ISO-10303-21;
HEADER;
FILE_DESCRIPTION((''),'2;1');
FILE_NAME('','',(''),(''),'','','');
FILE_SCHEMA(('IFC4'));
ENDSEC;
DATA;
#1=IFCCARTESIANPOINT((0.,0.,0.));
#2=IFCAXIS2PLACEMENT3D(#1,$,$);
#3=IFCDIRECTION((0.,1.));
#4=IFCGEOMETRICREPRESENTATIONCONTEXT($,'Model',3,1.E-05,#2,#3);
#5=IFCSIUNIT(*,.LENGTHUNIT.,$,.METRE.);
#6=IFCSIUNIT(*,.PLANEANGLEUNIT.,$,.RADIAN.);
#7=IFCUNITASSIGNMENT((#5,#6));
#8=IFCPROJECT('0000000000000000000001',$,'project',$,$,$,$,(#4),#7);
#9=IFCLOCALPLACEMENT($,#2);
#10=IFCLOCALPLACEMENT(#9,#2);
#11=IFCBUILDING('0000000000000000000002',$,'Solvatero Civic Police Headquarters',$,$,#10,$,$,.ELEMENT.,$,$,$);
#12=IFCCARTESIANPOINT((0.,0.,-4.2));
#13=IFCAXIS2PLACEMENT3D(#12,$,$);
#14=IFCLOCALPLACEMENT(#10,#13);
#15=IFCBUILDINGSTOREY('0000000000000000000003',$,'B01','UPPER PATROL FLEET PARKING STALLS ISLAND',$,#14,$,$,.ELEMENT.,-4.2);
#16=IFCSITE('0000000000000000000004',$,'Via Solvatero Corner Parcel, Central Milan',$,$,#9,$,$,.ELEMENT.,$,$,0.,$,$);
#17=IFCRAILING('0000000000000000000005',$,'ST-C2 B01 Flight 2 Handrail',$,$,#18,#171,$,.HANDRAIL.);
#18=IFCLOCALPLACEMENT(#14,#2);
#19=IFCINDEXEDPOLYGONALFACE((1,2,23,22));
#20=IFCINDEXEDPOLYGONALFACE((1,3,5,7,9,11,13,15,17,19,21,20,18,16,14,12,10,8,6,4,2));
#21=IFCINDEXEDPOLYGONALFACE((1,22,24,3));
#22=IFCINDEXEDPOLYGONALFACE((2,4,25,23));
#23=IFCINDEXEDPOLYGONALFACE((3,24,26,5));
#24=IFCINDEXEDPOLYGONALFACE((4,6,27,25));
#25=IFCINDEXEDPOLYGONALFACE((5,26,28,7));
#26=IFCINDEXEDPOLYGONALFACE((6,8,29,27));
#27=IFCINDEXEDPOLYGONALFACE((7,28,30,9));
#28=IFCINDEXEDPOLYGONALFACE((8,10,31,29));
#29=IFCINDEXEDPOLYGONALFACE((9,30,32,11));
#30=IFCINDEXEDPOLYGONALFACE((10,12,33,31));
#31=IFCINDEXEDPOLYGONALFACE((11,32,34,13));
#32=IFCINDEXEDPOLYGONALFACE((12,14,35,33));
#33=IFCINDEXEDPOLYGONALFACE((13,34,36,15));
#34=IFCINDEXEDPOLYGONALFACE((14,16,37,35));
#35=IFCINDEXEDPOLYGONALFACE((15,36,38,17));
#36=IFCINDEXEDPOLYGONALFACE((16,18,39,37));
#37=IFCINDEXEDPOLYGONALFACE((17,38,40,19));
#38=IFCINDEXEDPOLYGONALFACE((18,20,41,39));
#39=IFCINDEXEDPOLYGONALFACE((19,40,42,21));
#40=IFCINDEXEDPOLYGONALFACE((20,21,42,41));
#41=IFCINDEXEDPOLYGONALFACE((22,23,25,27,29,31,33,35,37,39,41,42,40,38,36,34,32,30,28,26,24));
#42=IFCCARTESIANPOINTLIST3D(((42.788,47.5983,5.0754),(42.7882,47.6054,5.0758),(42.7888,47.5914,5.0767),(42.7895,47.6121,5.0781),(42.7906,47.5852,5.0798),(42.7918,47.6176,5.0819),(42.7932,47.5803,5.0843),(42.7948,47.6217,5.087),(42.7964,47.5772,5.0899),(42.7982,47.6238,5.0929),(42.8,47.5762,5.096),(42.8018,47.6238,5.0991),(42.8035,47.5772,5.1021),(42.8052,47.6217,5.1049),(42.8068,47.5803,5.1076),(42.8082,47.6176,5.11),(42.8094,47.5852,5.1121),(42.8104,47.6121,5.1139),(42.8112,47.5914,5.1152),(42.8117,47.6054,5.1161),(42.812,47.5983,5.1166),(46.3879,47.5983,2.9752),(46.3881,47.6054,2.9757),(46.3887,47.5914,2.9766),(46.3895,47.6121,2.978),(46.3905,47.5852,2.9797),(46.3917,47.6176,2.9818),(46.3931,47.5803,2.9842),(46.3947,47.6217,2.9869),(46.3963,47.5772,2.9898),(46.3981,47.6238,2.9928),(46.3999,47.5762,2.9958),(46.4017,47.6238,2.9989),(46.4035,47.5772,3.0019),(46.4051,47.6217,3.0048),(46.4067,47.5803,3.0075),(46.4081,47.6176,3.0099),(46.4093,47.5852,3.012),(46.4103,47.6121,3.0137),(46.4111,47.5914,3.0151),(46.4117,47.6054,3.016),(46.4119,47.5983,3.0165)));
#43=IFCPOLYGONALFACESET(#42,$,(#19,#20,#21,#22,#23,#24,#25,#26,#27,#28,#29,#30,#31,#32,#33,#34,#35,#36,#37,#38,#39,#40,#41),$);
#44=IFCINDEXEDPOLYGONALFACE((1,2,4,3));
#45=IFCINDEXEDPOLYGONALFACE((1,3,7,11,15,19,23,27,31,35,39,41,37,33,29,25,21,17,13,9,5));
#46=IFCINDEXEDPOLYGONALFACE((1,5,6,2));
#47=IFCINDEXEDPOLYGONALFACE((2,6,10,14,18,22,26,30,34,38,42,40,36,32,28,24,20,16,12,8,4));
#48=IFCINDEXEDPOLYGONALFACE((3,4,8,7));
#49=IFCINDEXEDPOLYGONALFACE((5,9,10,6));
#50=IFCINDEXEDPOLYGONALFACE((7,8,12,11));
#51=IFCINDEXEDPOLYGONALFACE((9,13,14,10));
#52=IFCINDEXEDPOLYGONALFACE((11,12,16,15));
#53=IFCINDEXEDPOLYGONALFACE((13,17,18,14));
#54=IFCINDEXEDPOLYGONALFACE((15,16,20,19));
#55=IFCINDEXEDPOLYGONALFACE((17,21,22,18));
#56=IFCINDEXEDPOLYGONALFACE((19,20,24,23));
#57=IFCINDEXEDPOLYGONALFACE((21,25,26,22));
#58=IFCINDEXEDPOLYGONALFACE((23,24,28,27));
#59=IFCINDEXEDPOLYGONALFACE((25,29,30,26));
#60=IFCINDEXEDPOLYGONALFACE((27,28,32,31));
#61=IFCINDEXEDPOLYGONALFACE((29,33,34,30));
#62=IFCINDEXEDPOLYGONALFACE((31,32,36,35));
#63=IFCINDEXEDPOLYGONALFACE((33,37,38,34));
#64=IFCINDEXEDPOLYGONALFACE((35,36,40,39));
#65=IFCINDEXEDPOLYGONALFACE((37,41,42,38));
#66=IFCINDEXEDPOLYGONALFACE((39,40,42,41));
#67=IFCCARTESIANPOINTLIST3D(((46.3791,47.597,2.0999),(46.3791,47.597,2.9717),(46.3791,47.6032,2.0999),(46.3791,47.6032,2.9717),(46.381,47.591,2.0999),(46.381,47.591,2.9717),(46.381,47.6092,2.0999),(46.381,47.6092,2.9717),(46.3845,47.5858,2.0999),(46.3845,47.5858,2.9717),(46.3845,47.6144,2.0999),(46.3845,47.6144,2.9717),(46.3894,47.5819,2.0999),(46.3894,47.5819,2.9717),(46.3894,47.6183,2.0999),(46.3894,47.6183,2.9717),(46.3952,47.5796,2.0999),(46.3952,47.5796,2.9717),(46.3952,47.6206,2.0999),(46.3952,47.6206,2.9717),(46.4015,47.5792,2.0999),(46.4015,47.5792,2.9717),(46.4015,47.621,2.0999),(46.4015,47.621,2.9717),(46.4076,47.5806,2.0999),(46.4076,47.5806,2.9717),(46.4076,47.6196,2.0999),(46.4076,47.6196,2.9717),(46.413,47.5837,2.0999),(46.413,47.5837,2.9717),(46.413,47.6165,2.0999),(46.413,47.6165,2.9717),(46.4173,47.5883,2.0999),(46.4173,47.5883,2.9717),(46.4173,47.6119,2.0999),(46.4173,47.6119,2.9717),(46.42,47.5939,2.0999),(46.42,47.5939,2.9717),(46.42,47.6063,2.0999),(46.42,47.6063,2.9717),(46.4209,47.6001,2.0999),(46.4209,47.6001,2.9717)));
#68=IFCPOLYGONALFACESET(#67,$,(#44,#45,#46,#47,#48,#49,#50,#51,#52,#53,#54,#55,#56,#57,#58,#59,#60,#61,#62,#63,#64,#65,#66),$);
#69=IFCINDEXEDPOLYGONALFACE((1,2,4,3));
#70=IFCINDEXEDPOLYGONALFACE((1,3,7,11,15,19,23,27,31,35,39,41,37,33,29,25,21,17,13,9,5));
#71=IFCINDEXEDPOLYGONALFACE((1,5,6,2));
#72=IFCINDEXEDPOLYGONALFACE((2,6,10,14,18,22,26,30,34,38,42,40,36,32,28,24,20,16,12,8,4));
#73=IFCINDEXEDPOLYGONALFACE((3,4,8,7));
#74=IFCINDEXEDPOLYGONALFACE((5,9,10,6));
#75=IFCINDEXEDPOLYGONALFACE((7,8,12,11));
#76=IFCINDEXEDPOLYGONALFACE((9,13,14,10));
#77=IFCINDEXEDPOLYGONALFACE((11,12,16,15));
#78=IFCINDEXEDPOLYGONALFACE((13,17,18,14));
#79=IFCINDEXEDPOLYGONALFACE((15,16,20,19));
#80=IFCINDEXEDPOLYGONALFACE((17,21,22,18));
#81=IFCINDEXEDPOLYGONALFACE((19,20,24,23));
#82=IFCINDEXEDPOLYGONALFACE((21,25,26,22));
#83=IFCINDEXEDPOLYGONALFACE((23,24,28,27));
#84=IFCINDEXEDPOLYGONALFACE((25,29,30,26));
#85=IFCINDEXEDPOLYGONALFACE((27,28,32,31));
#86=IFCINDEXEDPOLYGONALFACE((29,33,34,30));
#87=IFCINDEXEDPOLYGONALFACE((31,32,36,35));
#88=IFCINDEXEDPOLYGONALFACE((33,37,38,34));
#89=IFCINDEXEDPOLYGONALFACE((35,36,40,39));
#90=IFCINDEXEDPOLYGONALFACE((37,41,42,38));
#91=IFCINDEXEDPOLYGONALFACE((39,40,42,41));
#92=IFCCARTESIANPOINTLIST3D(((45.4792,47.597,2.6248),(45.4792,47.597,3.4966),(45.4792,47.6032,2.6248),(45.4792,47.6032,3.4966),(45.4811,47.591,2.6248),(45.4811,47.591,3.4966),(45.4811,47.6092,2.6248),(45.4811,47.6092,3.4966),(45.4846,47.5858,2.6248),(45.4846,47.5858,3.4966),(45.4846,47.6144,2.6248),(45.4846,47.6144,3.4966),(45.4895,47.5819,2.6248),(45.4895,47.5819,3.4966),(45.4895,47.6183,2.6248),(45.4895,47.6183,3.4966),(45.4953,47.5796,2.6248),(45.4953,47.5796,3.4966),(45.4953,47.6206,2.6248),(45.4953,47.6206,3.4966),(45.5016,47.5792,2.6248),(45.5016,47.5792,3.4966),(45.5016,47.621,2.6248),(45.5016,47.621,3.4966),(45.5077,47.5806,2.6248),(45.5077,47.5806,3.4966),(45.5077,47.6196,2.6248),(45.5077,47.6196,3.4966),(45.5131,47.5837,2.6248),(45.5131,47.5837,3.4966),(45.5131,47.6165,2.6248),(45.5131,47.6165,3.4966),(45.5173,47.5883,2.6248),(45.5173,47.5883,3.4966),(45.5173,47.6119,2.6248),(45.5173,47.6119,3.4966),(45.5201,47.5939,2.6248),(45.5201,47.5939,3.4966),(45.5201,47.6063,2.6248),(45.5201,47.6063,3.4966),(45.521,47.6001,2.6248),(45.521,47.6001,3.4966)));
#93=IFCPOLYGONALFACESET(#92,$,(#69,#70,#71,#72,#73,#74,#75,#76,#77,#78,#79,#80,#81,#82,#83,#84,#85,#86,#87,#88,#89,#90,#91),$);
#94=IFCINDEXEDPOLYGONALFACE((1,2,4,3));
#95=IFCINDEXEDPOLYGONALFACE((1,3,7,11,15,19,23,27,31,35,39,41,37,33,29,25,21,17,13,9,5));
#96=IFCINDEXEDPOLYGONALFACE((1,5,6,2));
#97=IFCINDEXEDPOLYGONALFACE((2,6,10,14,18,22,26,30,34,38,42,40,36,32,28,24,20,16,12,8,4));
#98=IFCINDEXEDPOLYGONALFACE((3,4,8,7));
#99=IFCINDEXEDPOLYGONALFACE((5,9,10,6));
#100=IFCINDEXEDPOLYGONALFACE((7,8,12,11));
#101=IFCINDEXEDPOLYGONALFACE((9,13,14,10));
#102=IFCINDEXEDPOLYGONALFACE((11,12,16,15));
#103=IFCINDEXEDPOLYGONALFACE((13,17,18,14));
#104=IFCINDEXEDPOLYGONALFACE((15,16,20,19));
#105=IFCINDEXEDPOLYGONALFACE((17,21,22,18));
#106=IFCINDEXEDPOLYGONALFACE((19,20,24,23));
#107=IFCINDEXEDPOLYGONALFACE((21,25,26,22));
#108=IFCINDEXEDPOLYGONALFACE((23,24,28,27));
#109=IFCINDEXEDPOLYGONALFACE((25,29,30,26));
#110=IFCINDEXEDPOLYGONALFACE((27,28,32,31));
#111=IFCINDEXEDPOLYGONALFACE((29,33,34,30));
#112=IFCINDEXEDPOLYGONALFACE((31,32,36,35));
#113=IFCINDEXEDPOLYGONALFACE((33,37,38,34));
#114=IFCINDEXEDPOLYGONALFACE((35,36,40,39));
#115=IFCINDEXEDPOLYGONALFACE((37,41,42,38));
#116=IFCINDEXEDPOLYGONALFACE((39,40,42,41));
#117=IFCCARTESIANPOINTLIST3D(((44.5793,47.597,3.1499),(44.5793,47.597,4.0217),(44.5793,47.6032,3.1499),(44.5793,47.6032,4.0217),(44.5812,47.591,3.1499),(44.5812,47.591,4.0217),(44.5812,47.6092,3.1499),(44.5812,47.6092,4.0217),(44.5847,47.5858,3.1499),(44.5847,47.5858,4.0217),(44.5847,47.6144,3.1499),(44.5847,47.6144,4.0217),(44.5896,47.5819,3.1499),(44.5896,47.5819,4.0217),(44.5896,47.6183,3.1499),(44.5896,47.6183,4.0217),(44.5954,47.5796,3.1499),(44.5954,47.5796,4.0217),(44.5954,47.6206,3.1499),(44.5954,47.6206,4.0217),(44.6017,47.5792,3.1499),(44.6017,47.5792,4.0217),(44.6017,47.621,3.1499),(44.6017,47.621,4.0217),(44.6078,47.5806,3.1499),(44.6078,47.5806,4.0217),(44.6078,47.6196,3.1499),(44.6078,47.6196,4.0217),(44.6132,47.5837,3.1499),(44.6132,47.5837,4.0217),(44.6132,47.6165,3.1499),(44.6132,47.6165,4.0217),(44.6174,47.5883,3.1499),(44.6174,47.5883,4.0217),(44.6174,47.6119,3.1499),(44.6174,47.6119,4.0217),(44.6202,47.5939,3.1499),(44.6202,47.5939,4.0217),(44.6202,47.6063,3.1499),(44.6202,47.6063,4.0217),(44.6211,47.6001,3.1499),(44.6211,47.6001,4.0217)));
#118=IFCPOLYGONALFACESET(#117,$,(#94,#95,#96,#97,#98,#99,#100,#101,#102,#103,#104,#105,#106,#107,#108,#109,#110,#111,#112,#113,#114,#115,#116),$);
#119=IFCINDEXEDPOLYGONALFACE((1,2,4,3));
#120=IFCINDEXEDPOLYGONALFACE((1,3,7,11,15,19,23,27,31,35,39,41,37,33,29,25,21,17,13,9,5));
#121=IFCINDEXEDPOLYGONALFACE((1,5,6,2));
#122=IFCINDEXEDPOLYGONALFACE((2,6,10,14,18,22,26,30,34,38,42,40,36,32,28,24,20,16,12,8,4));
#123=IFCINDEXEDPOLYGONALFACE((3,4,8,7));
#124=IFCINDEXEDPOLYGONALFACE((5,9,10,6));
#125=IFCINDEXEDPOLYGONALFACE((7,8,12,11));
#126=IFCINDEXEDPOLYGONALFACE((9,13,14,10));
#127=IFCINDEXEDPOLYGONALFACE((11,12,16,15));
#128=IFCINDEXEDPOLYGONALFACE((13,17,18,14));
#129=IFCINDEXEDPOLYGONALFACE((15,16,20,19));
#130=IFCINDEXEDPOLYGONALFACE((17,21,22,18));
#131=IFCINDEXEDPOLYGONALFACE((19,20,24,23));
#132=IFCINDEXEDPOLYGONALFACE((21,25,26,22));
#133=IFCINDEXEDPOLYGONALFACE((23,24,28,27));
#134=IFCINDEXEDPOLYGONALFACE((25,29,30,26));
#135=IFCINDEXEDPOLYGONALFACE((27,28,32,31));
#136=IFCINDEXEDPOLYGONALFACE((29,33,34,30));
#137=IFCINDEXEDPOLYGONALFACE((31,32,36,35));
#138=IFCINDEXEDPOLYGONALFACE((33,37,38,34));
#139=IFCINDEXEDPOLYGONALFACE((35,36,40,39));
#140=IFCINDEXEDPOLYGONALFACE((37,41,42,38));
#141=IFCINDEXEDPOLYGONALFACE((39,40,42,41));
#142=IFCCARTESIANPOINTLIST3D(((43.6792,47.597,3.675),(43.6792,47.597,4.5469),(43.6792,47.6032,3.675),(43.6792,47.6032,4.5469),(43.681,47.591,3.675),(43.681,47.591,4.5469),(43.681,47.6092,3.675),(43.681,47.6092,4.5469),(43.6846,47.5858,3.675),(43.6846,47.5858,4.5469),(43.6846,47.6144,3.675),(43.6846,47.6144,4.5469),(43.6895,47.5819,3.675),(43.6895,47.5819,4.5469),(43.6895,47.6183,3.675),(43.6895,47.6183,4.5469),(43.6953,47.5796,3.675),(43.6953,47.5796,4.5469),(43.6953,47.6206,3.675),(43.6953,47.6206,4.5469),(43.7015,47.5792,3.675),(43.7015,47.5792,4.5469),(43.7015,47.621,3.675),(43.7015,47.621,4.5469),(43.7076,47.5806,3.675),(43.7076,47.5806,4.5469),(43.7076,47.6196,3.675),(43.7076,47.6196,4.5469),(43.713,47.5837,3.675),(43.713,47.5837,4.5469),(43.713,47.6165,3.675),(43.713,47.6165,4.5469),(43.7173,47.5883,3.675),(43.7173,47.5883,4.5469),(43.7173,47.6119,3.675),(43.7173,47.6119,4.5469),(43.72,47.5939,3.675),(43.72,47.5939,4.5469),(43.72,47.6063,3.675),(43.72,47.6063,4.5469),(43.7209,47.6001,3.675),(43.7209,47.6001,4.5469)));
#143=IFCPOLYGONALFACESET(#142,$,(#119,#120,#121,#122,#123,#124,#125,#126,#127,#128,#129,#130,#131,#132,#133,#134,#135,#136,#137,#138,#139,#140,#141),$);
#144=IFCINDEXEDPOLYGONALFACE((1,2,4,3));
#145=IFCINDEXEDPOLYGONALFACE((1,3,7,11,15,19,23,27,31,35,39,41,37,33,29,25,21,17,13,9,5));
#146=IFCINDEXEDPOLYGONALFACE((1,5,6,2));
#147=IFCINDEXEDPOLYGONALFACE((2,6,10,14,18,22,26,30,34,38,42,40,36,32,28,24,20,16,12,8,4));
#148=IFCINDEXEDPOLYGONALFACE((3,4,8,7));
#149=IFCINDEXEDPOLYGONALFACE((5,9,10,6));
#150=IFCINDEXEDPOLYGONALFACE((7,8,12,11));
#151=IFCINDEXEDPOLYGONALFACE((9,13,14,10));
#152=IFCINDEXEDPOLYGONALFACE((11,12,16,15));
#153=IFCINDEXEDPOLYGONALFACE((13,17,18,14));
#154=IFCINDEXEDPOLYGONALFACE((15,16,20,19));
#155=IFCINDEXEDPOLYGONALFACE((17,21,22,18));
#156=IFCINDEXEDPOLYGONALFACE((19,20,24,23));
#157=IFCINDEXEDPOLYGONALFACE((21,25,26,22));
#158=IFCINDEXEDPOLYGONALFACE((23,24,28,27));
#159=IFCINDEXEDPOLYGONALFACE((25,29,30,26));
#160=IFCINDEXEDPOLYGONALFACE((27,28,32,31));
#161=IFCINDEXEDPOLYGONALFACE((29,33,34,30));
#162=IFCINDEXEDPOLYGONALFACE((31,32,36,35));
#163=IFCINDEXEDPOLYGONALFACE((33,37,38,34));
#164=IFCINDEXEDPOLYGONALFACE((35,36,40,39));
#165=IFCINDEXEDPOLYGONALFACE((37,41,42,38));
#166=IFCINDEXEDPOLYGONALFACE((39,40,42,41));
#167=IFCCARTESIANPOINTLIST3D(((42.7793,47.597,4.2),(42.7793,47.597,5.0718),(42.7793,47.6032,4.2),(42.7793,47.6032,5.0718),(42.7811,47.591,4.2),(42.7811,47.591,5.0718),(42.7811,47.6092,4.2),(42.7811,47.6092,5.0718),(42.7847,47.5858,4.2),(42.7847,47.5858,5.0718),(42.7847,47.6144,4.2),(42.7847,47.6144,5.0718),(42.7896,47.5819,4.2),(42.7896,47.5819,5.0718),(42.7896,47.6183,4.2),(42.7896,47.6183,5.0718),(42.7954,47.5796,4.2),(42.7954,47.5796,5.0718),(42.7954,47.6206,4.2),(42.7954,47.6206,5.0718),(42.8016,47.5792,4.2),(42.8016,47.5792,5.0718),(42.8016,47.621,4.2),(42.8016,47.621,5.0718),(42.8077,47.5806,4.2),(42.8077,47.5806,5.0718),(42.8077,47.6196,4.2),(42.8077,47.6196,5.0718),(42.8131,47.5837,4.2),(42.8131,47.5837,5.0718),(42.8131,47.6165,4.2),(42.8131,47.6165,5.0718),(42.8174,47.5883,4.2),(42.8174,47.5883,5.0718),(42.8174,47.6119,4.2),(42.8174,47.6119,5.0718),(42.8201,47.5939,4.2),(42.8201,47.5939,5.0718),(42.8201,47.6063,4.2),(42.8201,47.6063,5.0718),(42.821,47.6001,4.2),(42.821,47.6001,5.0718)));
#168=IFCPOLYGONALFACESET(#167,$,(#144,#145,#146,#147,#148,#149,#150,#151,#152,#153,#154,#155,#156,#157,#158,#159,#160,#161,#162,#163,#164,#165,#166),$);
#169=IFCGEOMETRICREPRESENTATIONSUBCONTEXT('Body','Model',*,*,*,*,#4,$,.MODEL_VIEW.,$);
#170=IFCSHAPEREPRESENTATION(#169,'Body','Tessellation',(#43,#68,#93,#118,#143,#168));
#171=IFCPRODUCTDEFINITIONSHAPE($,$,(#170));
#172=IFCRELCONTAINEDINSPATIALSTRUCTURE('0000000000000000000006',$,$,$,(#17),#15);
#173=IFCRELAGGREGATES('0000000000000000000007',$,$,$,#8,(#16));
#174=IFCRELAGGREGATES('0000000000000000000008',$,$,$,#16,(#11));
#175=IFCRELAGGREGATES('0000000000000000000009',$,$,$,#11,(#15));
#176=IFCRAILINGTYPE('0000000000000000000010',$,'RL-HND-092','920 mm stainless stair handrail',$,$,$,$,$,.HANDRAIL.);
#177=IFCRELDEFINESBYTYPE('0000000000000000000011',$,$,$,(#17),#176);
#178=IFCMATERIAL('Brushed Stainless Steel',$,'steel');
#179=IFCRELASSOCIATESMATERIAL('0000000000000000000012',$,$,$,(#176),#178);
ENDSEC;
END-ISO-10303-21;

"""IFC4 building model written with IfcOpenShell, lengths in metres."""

from ifc_helpers import new_model, si_unit, direction, frame, origin, origin_2d, place, context, subcontext, project, spatial, circle, extrude, material, type_object, element, save


model = new_model("IFC4")

# Units and contexts
model_context = context("Model", 3, precision=1e-05, world=origin(), true_north=direction((0.0, 1.0)))
body_context = subcontext(model_context, "Body", "Model", "MODEL_VIEW")
ifc_project = project(units=[si_unit("LENGTHUNIT", "METRE"), si_unit("PLANEANGLEUNIT", "RADIAN")], contexts=[model_context])

# Site, building, storey
site_placement = place(None, origin())
site = spatial("IfcSite", under=ifc_project, at=site_placement, Name="Via Solvatero Corner Parcel, Central Milan", CompositionType="ELEMENT", RefElevation=0.0)
building_placement = place(site_placement, origin())
building = spatial("IfcBuilding", under=site, at=building_placement, Name="Solvatero Civic Police Headquarters", CompositionType="ELEMENT")
storey_placement = place(building_placement, frame((0.0, 0.0, -4.2)))
storey = spatial("IfcBuildingStorey", under=building, at=storey_placement, Name="B01", Description="UPPER PATROL FLEET PARKING STALLS ISLAND", CompositionType="ELEMENT", Elevation=-4.2)

# Railing
ifc_material_1 = material(Name="Brushed Stainless Steel", Category="steel")
railing_type_1 = type_object("IfcRailingType", Name="RL-HND-092", Description="920 mm stainless stair handrail", PredefinedType="HANDRAIL", material=ifc_material_1)
railing_1_placement = place(storey_placement, frame((46.3999, 47.6001, 2.0999)))
element("IfcRailing", 1, at=railing_1_placement, inside=storey, type_object=railing_type_1, Name="ST-C2 B01 Flight 2 Handrail", PredefinedType="HANDRAIL", context=body_context, shape_type="SweptSolid", body=[
    extrude(circle(Radius=0.0239, at=origin_2d()), frame((0.0, 0.0, 0.896), z_axis=(-0.86376, 0.0, 0.503904), x_axis=(0.0, -1.0, 0.0)), (0.0, 0.0, 1.0), 4.1677),
    extrude(circle(Radius=0.021, at=origin_2d()), origin(), (0.0, 0.0, 1.0), 0.8718),
    extrude(circle(Radius=0.021, at=origin_2d()), frame((-0.8999, 0.0, 0.5249)), (0.0, 0.0, 1.0), 0.8718),
    extrude(circle(Radius=0.021, at=origin_2d()), frame((-1.7998, 0.0, 1.05)), (0.0, 0.0, 1.0), 0.8718),
    extrude(circle(Radius=0.021, at=origin_2d()), frame((-2.7, 0.0, 1.5752)), (0.0, 0.0, 1.0), 0.8718),
    extrude(circle(Radius=0.021, at=origin_2d()), frame((-3.5999, 0.0, 2.1001)), (0.0, 0.0, 1.0), 0.8718),
])

save(model, "model.ifc")
